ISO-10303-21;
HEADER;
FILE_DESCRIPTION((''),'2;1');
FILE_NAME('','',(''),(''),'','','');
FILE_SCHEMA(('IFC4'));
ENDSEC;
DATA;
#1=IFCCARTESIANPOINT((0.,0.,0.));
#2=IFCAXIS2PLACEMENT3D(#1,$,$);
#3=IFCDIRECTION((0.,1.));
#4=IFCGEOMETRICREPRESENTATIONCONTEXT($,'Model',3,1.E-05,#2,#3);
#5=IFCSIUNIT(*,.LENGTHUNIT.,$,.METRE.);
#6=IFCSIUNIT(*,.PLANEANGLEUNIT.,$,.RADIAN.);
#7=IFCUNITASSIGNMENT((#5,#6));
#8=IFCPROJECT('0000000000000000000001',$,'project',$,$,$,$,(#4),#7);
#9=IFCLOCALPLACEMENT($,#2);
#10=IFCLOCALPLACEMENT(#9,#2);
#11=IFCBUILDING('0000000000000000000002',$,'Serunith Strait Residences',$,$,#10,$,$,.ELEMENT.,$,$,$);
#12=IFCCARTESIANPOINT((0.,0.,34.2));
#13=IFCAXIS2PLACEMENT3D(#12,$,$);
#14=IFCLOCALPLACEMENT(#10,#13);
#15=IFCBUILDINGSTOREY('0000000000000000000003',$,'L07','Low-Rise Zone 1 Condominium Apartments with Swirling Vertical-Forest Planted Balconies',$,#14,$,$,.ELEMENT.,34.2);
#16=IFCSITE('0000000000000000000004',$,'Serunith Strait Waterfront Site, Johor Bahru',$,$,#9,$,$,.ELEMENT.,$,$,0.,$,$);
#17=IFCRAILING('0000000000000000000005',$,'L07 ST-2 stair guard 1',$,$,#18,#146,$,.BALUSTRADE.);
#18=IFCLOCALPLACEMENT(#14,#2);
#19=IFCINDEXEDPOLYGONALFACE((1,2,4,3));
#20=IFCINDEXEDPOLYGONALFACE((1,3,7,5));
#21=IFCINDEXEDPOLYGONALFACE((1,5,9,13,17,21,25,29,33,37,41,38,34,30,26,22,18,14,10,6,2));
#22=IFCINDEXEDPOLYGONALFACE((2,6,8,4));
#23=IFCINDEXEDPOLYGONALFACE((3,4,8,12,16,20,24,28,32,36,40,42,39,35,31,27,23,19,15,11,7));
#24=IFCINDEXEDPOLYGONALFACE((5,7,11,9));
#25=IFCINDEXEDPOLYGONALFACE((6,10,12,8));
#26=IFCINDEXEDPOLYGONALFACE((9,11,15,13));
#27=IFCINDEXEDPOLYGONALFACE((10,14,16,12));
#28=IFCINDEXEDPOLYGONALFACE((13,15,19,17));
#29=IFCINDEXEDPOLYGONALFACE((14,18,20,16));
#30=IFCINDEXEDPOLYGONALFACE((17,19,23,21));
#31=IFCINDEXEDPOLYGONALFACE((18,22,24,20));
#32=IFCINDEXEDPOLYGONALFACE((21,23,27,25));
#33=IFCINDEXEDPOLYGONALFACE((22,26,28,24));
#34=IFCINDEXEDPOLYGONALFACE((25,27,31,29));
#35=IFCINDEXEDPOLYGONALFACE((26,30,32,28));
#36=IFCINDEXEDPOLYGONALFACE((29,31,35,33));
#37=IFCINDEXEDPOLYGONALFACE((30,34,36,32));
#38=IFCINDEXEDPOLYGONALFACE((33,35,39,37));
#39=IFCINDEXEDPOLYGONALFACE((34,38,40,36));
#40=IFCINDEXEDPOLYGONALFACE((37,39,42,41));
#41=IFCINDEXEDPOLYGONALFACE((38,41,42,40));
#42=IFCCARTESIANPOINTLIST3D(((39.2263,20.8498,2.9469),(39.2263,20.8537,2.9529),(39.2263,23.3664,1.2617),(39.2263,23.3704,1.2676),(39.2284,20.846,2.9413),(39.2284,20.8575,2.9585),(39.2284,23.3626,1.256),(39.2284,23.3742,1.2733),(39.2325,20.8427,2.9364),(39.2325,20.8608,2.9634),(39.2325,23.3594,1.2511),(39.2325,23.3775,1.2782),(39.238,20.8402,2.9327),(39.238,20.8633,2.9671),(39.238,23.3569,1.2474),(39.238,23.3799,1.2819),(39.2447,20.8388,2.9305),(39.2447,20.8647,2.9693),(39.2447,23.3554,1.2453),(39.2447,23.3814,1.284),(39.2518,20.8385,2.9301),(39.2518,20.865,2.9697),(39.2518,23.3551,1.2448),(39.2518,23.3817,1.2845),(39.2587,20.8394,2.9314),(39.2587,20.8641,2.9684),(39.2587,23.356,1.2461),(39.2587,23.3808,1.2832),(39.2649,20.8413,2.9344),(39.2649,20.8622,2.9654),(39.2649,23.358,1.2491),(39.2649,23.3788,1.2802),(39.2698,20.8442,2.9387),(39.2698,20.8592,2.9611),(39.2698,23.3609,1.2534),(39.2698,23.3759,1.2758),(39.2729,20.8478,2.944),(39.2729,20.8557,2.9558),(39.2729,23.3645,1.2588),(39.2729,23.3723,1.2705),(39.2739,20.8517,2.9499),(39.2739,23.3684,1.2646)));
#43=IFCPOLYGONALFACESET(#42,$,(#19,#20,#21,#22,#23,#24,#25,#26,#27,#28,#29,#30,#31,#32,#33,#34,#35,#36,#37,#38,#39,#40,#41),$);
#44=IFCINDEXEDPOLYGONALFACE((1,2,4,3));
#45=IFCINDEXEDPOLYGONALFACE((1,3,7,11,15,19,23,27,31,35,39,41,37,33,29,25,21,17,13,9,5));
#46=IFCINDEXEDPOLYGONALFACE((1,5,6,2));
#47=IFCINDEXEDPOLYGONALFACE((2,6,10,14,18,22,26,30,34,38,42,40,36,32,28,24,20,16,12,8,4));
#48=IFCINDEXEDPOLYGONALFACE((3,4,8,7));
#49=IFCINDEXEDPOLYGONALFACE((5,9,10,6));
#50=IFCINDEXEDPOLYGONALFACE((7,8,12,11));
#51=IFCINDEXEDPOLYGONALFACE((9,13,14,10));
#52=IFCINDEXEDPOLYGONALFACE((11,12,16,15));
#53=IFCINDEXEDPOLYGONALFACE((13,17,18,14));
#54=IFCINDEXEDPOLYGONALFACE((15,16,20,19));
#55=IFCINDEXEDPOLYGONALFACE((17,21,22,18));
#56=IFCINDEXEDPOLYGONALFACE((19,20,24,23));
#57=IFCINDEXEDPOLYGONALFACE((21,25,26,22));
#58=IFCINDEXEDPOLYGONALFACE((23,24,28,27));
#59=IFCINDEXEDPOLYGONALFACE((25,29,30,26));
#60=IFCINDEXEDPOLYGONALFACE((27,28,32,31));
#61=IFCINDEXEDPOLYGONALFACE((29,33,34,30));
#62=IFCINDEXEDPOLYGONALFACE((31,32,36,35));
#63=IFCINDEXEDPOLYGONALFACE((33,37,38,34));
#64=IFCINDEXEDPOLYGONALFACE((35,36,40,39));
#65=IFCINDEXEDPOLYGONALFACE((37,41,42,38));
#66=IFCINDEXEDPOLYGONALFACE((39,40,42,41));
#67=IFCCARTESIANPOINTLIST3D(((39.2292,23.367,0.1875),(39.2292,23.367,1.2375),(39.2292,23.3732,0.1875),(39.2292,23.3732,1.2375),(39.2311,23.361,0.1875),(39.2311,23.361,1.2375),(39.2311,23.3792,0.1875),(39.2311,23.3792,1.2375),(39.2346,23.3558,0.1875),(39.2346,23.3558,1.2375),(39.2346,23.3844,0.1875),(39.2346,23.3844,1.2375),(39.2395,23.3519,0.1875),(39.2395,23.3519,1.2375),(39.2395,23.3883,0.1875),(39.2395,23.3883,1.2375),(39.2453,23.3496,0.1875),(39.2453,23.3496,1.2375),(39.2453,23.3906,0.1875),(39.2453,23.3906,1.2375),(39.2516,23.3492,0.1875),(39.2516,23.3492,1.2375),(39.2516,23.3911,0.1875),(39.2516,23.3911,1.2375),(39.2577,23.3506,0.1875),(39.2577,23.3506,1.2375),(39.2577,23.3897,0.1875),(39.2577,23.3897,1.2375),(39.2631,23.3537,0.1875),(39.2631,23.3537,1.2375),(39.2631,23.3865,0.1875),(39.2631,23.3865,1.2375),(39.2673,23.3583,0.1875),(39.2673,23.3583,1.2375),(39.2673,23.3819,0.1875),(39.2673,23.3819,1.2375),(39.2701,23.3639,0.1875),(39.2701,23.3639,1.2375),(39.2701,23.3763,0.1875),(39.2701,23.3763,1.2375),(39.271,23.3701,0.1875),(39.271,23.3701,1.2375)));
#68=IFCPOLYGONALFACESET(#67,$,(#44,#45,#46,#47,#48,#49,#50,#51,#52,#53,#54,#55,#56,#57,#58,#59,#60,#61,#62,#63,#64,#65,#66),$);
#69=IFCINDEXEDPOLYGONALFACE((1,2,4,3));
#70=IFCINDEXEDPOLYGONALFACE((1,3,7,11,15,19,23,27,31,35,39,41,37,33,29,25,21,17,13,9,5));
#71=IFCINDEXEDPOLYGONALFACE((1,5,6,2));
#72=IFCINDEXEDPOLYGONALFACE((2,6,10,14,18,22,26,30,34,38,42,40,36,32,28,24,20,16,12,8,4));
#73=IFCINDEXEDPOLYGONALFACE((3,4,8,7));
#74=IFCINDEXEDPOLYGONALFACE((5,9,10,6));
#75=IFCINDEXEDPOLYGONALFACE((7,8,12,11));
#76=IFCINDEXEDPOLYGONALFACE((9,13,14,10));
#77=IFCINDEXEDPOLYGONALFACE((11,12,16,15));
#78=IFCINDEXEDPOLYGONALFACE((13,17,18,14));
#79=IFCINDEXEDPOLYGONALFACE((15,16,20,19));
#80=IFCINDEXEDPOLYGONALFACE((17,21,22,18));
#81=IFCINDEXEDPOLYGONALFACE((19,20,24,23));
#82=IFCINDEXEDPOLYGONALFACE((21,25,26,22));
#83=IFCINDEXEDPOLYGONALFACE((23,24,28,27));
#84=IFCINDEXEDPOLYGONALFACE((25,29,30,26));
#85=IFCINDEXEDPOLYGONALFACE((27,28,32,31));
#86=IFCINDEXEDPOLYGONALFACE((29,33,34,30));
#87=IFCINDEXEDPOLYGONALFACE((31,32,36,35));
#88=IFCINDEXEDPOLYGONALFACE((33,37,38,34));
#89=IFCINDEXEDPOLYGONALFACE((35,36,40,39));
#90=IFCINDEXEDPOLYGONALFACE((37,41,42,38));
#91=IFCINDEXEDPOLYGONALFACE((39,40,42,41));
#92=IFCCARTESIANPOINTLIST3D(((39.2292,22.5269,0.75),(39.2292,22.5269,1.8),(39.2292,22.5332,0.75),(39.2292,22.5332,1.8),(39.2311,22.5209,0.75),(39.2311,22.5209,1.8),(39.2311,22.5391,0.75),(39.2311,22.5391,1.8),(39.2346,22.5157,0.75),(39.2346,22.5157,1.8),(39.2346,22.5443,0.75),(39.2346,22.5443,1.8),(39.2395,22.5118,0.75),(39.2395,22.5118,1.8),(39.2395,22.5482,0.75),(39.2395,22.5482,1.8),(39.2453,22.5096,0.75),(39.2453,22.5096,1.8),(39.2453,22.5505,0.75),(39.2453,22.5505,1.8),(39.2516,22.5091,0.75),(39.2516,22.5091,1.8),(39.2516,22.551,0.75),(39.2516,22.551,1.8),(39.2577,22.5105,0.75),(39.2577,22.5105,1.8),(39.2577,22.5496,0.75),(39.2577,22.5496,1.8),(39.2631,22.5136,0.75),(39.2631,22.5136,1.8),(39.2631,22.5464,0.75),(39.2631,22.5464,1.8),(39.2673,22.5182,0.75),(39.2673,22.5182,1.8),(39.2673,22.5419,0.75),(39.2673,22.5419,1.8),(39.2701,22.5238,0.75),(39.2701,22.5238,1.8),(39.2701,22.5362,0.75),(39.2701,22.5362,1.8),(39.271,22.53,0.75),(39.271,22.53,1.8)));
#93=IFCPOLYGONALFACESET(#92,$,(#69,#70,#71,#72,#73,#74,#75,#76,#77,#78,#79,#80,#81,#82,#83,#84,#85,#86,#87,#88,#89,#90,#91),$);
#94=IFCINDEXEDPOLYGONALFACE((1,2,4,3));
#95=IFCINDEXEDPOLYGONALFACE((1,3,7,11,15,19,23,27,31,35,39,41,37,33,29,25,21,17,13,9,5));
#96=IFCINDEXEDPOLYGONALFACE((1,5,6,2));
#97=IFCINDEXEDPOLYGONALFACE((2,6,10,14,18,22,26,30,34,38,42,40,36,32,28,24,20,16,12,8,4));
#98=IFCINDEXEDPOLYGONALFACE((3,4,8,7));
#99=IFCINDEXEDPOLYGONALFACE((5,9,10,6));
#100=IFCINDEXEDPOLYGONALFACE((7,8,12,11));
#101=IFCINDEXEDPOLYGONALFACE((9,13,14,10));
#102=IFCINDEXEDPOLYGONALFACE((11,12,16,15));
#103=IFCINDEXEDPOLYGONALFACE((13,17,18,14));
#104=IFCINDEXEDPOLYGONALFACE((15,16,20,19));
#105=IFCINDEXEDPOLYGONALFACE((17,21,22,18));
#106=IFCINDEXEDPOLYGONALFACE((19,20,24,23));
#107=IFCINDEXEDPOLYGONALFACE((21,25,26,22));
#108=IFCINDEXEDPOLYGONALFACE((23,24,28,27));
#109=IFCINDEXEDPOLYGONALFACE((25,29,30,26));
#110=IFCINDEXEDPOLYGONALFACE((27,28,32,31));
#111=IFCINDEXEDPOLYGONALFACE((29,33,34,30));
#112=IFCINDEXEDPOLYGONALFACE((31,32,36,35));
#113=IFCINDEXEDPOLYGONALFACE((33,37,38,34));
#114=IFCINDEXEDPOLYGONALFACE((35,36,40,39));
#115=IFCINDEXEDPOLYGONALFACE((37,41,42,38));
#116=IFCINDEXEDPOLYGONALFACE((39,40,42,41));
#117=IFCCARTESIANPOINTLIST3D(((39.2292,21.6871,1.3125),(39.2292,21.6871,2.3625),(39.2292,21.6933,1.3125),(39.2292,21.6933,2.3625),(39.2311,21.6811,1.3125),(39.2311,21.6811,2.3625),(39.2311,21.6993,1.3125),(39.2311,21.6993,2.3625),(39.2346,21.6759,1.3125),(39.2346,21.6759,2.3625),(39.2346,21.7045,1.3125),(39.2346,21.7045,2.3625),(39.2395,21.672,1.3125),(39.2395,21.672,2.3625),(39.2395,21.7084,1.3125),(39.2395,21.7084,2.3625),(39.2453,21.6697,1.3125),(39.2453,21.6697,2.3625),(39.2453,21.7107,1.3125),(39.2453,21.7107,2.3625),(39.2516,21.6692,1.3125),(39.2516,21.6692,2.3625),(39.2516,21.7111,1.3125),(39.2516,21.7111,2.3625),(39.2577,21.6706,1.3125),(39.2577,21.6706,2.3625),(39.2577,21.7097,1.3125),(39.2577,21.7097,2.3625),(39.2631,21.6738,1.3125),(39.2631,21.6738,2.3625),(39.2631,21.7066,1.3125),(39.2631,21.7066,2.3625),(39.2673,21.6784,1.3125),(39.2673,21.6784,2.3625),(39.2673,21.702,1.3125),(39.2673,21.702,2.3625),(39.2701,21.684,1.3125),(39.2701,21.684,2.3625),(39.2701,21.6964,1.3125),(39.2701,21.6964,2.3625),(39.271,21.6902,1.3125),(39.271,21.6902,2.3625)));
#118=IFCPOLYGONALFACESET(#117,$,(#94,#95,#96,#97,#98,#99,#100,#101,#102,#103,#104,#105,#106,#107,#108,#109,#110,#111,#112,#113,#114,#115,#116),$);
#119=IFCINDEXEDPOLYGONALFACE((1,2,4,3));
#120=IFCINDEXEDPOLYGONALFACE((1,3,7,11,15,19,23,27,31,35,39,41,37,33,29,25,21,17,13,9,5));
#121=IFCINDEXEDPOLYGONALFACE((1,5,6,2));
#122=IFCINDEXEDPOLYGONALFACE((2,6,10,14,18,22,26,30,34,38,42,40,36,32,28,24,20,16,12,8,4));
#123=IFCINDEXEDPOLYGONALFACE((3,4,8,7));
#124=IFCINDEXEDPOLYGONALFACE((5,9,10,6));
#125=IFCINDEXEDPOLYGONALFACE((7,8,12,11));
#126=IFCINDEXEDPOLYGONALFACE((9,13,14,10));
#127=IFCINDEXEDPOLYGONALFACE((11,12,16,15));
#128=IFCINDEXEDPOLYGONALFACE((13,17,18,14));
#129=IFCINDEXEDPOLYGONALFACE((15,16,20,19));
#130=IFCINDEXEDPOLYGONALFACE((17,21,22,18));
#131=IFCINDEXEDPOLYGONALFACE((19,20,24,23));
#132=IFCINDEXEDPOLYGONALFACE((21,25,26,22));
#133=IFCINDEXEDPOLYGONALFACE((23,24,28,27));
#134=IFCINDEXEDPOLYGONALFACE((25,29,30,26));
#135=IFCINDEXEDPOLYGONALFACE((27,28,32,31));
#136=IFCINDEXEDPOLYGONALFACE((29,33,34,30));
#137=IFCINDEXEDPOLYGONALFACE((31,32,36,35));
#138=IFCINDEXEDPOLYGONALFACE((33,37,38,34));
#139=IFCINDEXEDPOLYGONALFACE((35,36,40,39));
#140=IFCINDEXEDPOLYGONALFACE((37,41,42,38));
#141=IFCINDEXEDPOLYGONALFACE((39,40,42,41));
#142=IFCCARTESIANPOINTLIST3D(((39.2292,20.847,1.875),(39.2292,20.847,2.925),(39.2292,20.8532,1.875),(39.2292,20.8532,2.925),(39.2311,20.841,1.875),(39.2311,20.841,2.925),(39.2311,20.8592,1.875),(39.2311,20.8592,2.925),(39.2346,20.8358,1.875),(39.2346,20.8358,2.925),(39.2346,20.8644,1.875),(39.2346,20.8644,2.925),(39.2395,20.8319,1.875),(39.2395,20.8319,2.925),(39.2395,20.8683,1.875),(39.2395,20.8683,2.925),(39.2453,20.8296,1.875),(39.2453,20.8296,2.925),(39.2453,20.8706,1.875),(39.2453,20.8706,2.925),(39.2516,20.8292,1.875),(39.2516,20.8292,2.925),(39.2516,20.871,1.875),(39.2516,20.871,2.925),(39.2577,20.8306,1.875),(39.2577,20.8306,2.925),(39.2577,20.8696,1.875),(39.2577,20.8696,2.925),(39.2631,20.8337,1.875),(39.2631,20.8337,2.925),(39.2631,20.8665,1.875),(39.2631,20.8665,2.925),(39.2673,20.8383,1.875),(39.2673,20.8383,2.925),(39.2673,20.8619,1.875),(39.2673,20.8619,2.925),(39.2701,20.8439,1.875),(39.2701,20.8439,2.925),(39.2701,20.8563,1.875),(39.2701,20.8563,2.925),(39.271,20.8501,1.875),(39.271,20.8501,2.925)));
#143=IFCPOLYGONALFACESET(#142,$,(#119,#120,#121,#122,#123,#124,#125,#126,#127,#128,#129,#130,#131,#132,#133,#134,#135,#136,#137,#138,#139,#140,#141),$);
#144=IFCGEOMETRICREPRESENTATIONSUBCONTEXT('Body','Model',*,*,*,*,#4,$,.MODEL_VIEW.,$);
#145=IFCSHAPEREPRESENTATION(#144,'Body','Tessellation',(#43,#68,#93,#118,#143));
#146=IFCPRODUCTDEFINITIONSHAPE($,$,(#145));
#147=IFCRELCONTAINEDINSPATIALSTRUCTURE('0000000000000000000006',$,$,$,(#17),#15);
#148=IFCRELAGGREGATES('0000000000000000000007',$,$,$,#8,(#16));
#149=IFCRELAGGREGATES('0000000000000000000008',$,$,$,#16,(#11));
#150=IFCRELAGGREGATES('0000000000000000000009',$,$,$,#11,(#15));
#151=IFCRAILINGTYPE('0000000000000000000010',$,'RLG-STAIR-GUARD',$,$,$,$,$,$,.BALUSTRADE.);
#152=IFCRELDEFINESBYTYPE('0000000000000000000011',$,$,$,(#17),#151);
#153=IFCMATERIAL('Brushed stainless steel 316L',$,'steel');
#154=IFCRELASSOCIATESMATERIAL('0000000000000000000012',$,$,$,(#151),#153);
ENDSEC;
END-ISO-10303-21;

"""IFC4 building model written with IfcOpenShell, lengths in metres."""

from ifc_helpers import new_model, si_unit, direction, frame, origin, origin_2d, place, context, subcontext, project, spatial, circle, extrude, material, type_object, element, save


model = new_model("IFC4")

# Units and contexts
model_context = context("Model", 3, precision=1e-05, world=origin(), true_north=direction((0.0, 1.0)))
body_context = subcontext(model_context, "Body", "Model", "MODEL_VIEW")
ifc_project = project(units=[si_unit("LENGTHUNIT", "METRE"), si_unit("PLANEANGLEUNIT", "RADIAN")], contexts=[model_context])

# Site, building, storey
site_placement = place(None, origin())
site = spatial("IfcSite", under=ifc_project, at=site_placement, Name="Serunith Strait Waterfront Site, Johor Bahru", CompositionType="ELEMENT", RefElevation=0.0)
building_placement = place(site_placement, origin())
building = spatial("IfcBuilding", under=site, at=building_placement, Name="Serunith Strait Residences", CompositionType="ELEMENT")
storey_placement = place(building_placement, frame((0.0, 0.0, 34.2)))
storey = spatial("IfcBuildingStorey", under=building, at=storey_placement, Name="L07", Description="Low-Rise Zone 1 Condominium Apartments with Swirling Vertical-Forest Planted Balconies", CompositionType="ELEMENT", Elevation=34.2)

# Railing
ifc_material_1 = material(Name="Brushed stainless steel 316L", Category="steel")
railing_type_1 = type_object("IfcRailingType", Name="RLG-STAIR-GUARD", PredefinedType="BALUSTRADE", material=ifc_material_1)
railing_1_placement = place(storey_placement, frame((39.25, 23.3701, 0.1875)))
element("IfcRailing", 1, at=railing_1_placement, inside=storey, type_object=railing_type_1, Name="L07 ST-2 stair guard 1", PredefinedType="BALUSTRADE", context=body_context, shape_type="SweptSolid", body=[
    extrude(circle(Radius=0.0239, at=origin_2d()), frame((0.0, -0.0017, 1.0771), z_axis=(0.0, -0.830909, 0.556408), x_axis=(1.0, 0.0, 0.0)), (0.0, 0.0, 1.0), 3.0288),
    extrude(circle(Radius=0.021, at=origin_2d()), origin(), (0.0, 0.0, 1.0), 1.05),
    extrude(circle(Radius=0.021, at=origin_2d()), frame((0.0, -0.8401, 0.5625)), (0.0, 0.0, 1.0), 1.05),
    extrude(circle(Radius=0.021, at=origin_2d()), frame((0.0, -1.6799, 1.125)), (0.0, 0.0, 1.0), 1.05),
    extrude(circle(Radius=0.021, at=origin_2d()), frame((0.0, -2.52, 1.6875)), (0.0, 0.0, 1.0), 1.05),
])

save(model, "model.ifc")
